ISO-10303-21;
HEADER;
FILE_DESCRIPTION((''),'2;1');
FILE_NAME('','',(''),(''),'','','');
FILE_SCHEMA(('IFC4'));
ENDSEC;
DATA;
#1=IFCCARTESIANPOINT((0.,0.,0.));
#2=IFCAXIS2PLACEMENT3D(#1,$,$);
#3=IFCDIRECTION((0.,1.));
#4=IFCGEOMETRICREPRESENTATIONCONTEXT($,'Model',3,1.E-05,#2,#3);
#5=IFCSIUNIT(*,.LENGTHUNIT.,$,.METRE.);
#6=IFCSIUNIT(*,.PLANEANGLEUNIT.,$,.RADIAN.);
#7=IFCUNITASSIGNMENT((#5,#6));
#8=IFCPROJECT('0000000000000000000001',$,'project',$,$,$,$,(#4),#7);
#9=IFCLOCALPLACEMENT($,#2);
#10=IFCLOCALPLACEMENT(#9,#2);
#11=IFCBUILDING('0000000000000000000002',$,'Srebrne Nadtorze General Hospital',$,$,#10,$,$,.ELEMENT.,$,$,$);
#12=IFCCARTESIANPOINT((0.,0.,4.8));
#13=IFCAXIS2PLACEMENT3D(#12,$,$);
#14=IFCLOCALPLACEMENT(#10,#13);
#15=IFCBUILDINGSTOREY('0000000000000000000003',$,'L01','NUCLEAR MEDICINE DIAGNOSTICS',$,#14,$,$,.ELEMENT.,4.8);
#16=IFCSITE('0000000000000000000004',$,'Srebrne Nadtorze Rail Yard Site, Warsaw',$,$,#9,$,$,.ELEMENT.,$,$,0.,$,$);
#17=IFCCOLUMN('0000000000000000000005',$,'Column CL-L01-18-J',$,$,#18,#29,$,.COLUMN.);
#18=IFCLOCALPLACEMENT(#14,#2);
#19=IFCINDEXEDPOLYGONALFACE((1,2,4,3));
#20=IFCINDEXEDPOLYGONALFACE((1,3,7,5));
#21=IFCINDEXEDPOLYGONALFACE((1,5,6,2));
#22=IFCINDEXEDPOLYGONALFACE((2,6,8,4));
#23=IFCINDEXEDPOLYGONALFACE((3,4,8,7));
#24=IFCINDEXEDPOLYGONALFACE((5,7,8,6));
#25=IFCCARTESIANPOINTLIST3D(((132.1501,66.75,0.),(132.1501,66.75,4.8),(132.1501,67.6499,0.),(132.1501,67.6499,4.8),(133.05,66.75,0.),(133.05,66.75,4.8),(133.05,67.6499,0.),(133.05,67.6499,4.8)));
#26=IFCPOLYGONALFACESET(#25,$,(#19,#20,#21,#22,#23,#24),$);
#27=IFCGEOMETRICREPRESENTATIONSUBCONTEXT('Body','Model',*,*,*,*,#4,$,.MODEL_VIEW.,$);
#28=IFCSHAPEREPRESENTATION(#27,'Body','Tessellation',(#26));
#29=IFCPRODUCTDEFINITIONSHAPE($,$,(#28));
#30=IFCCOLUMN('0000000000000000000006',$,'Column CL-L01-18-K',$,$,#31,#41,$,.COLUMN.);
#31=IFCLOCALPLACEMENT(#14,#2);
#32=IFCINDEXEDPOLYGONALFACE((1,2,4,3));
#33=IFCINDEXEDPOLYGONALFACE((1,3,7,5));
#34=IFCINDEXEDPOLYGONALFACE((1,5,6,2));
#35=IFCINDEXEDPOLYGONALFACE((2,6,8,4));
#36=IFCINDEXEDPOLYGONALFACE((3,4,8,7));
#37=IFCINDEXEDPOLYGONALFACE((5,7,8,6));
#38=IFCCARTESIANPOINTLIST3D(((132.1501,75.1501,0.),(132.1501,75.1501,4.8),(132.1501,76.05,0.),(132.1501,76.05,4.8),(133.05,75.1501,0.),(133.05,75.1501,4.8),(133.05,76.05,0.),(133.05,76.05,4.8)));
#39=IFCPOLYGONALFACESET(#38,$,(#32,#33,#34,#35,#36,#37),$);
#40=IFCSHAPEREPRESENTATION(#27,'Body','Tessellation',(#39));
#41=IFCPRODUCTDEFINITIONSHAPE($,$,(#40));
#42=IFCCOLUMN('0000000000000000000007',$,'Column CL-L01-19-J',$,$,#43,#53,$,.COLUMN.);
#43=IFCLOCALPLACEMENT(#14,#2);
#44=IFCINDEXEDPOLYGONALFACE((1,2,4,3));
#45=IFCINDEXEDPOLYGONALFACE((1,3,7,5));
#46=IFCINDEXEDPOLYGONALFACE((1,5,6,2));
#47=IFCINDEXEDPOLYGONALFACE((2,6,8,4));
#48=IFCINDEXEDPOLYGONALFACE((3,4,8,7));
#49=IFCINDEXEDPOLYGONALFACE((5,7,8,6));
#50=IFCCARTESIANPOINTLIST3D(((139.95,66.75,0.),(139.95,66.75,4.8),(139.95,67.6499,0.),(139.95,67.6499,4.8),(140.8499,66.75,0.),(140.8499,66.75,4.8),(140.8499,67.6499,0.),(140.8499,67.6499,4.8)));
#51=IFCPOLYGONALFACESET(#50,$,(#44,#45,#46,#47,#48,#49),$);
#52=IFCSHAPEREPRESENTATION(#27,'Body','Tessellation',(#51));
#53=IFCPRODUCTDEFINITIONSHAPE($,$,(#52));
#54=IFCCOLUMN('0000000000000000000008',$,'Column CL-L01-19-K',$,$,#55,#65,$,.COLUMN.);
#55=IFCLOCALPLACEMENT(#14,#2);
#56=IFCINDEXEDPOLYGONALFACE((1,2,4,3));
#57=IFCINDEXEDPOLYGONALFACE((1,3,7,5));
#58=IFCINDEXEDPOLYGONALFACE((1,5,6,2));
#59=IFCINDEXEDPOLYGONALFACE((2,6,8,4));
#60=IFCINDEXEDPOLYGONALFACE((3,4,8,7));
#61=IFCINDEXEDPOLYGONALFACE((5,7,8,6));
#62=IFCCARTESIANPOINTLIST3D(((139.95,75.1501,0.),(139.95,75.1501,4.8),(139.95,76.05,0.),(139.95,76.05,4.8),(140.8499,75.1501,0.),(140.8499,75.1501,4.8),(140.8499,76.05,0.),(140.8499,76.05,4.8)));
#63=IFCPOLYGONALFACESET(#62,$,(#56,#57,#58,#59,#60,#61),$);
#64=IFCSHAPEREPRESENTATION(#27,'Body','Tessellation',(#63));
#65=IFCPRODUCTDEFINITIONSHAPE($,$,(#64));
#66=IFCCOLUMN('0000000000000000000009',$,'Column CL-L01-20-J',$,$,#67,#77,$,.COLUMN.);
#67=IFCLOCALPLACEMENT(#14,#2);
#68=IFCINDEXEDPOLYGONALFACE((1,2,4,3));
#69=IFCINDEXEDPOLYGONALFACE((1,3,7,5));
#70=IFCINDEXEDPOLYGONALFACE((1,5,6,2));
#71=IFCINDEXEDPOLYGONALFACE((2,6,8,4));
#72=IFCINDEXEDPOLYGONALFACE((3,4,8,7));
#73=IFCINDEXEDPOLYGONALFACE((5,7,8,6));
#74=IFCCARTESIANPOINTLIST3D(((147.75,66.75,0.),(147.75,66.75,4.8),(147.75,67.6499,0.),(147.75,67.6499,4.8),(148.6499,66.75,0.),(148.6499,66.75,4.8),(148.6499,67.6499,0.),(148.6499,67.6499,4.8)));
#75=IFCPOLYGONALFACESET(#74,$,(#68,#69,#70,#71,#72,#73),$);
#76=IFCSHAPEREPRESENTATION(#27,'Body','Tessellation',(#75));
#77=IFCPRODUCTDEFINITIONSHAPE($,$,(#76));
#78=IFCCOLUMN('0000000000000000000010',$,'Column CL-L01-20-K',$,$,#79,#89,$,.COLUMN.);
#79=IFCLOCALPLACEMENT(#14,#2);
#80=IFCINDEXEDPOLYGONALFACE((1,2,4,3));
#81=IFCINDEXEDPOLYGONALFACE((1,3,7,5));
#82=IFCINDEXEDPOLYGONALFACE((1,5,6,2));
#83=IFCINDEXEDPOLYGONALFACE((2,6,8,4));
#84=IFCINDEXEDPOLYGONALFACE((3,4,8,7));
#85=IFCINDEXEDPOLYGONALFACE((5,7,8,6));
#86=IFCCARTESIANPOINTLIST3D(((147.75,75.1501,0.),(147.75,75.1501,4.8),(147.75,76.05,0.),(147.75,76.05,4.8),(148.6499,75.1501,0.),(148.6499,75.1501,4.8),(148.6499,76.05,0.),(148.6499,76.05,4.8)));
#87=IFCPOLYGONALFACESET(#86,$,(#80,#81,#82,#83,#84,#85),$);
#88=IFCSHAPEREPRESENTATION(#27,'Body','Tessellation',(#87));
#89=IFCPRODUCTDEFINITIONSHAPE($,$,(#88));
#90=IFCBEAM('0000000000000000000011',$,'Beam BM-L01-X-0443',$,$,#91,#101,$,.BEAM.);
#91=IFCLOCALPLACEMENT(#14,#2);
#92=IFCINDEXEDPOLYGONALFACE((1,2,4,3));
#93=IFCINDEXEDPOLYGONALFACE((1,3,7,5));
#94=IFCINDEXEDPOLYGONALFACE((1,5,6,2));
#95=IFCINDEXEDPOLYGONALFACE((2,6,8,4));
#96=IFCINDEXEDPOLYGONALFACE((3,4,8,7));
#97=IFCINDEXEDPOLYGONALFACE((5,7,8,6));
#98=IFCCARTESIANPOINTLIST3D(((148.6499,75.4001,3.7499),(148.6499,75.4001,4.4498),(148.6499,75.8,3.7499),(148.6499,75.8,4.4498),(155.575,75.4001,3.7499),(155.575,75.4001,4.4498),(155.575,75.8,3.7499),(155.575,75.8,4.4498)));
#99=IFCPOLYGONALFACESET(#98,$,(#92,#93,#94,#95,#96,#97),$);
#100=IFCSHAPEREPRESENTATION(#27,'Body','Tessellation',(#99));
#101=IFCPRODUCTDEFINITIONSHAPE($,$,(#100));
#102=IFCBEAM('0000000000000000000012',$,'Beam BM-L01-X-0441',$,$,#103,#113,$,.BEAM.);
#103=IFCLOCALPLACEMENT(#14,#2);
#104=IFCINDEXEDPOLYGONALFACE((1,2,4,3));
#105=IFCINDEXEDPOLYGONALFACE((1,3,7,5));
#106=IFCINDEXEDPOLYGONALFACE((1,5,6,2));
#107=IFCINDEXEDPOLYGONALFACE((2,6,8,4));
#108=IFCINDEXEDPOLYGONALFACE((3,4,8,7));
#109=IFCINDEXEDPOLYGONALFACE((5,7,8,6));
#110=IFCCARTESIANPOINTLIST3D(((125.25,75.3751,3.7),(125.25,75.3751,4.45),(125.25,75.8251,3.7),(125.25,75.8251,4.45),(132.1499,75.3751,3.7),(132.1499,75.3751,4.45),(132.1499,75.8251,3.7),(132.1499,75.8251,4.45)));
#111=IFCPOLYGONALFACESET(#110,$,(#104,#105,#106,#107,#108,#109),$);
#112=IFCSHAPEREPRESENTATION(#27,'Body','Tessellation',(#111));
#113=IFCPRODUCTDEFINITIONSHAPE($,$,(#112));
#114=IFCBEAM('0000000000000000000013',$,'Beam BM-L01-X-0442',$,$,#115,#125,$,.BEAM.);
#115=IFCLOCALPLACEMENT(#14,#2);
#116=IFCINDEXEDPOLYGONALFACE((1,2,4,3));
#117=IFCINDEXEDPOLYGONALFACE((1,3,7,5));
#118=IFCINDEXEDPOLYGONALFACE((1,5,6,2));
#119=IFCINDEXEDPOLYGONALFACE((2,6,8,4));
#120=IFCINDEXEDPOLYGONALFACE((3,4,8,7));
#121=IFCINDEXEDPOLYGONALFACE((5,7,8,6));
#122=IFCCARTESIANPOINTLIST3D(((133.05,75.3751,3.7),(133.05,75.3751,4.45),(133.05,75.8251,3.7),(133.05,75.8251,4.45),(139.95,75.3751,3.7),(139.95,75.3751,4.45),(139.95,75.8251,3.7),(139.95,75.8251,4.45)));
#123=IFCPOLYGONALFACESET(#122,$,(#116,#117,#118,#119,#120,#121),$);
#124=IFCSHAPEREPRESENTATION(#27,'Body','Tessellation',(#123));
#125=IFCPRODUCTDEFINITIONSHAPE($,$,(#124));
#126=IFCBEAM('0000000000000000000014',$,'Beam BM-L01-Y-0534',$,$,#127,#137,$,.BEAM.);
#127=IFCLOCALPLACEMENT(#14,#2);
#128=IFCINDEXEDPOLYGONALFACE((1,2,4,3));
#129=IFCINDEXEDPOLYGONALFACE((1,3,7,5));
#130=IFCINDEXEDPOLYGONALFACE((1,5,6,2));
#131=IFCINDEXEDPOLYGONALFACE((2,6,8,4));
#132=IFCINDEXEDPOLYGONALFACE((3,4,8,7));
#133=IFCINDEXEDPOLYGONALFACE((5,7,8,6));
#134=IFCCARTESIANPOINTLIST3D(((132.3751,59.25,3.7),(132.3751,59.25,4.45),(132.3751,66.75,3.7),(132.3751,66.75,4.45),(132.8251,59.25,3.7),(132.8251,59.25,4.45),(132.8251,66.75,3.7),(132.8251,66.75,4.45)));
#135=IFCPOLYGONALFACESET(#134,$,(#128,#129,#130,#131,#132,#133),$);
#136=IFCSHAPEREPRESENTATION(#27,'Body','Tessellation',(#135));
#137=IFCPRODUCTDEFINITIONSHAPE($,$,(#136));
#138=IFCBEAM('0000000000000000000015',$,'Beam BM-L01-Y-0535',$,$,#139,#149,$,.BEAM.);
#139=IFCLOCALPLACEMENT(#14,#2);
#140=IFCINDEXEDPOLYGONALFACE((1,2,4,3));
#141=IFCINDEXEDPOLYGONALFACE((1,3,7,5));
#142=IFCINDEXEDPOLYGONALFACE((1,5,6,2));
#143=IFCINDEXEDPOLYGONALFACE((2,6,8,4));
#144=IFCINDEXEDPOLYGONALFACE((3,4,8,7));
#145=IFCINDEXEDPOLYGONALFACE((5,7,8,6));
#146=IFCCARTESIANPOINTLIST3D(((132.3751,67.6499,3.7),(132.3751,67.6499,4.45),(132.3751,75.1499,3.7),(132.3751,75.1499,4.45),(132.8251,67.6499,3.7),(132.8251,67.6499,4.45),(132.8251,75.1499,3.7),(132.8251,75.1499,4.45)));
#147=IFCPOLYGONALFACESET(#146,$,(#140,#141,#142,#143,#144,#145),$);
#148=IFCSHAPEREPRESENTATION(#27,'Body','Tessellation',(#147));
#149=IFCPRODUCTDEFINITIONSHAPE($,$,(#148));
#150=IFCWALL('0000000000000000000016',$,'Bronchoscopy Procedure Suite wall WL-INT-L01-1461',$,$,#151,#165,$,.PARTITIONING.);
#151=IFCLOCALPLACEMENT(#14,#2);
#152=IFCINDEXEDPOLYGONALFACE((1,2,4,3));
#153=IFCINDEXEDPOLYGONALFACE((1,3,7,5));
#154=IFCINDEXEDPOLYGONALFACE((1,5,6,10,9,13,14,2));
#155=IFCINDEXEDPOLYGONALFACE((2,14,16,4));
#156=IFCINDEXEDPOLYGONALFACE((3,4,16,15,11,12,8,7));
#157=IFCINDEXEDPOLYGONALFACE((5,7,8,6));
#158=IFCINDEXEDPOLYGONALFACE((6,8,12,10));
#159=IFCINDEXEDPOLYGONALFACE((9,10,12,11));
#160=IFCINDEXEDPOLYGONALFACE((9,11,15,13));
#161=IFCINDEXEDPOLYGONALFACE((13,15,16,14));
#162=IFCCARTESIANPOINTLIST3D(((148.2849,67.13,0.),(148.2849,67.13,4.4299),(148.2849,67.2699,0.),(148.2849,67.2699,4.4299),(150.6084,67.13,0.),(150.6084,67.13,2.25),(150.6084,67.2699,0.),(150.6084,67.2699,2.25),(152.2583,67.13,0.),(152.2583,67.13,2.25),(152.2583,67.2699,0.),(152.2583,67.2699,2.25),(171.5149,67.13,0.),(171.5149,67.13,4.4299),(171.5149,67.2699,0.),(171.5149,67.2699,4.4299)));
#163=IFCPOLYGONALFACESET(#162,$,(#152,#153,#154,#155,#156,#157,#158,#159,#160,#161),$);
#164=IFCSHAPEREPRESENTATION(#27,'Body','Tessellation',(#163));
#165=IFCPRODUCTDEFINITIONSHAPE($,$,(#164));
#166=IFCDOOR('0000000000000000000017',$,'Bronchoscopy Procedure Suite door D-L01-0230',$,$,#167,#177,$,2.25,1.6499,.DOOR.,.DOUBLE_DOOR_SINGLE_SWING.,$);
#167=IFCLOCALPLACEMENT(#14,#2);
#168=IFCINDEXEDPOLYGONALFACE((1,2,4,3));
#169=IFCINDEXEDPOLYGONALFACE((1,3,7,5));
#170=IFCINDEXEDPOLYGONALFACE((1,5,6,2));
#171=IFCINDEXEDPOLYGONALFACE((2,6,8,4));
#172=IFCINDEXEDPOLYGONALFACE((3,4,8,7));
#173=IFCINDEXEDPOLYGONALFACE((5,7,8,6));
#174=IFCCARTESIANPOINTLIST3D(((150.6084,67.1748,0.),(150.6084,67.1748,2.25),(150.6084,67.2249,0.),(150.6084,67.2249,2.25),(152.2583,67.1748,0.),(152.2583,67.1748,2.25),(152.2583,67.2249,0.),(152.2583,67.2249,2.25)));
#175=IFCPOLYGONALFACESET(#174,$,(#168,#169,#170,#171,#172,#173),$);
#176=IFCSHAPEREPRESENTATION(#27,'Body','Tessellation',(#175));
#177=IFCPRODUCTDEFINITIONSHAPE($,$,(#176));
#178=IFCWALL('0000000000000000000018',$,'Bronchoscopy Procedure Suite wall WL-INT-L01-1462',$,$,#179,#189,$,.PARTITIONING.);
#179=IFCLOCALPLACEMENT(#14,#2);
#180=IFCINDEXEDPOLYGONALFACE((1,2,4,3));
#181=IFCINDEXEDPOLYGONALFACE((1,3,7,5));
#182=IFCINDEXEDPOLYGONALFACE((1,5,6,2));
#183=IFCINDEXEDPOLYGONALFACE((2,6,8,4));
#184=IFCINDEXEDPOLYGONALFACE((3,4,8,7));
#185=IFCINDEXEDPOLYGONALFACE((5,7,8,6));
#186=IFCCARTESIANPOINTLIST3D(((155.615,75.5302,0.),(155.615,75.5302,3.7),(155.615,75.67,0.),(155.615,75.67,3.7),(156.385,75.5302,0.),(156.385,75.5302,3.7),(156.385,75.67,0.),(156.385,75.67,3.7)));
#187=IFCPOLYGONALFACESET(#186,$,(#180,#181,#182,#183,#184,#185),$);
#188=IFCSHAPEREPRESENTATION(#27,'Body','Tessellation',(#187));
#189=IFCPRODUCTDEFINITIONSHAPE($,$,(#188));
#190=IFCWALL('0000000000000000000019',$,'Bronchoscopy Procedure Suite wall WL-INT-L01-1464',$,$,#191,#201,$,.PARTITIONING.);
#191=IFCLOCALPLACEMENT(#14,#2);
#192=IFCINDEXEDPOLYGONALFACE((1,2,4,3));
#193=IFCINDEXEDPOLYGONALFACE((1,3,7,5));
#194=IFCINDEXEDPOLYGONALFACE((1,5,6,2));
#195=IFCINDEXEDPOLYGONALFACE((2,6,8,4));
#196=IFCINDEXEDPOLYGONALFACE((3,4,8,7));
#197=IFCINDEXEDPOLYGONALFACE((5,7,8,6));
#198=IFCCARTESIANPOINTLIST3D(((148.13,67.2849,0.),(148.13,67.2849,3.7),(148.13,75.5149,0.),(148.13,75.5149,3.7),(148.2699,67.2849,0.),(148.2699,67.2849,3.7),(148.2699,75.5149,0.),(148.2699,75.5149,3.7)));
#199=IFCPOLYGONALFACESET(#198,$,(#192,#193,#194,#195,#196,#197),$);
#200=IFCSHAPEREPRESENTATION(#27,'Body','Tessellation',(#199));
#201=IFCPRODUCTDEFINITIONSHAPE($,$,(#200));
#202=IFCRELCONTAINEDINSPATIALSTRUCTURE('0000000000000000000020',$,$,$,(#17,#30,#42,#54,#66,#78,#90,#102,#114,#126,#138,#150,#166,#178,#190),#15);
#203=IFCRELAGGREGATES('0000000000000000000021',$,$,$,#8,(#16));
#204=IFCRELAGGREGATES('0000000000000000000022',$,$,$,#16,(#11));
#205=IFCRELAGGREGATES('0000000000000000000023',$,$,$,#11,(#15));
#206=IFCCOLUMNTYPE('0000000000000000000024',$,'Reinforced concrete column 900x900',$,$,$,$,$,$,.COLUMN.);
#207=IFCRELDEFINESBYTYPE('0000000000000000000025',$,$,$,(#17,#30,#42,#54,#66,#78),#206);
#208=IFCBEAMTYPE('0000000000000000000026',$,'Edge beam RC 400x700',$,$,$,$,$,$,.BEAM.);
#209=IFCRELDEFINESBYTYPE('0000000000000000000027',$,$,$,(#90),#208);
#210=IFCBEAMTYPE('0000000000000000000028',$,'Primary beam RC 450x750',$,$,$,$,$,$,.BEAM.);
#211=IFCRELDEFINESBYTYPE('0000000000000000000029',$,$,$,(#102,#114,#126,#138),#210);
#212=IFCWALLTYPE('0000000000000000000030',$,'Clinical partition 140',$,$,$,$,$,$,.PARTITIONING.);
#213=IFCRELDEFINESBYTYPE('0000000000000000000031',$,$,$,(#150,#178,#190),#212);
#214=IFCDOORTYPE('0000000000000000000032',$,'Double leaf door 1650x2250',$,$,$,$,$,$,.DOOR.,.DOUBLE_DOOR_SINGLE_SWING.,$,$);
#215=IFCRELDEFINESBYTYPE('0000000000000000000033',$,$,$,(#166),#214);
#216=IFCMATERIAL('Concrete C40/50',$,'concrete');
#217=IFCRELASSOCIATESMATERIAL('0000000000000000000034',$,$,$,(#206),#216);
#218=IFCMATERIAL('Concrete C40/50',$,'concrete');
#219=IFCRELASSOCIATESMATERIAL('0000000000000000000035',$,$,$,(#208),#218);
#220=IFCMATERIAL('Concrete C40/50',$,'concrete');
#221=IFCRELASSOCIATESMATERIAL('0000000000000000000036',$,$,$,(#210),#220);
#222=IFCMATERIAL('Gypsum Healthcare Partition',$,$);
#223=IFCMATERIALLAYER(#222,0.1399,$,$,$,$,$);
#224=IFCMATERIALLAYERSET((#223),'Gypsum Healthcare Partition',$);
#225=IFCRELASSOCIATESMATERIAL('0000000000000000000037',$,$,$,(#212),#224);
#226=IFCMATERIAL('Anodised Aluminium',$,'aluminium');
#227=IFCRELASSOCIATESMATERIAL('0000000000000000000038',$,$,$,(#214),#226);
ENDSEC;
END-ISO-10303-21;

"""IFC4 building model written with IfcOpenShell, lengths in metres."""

from ifc_helpers import new_model, si_unit, direction, frame, frame_2d, origin, origin_2d, place, context, subcontext, project, spatial, rectangle, extrude, material, layer, layer_set, material_profile, profile_set, type_object, element, fill, save


model = new_model("IFC4")

# Units and contexts
model_context = context("Model", 3, precision=1e-05, world=origin(), true_north=direction((0.0, 1.0)))
body_context = subcontext(model_context, "Body", "Model", "MODEL_VIEW")
ifc_project = project(units=[si_unit("LENGTHUNIT", "METRE"), si_unit("PLANEANGLEUNIT", "RADIAN")], contexts=[model_context])

# Site, building, storey
site_placement = place(None, origin())
site = spatial("IfcSite", under=ifc_project, at=site_placement, Name="Srebrne Nadtorze Rail Yard Site, Warsaw", CompositionType="ELEMENT", RefElevation=0.0)
building_placement = place(site_placement, origin())
building = spatial("IfcBuilding", under=site, at=building_placement, Name="Srebrne Nadtorze General Hospital", CompositionType="ELEMENT")
storey_placement = place(building_placement, frame((0.0, 0.0, 4.8)))
storey = spatial("IfcBuildingStorey", under=building, at=storey_placement, Name="L01", Description="NUCLEAR MEDICINE DIAGNOSTICS", CompositionType="ELEMENT", Elevation=4.8)

# Columns
ifc_material_1 = material(Name="Concrete C40/50", Category="concrete")
ifc_material_profile_1 = material_profile(ifc_material_1, rectangle(XDim=0.8999, YDim=0.8999, at=origin_2d()), Name="RC-COL-900x900")
ifc_profile_set_1 = profile_set([ifc_material_profile_1], Name="Concrete C40/50")
column_type = type_object("IfcColumnType", Name="Reinforced concrete column 900x900", PredefinedType="COLUMN", material=ifc_profile_set_1)
for number, where, z_axis, x_axis, name in (
    (1, (132.6001, 67.2, 0.0), (0.0, 0.0, 1.0), (1.0, 0.0, 0.0), "Column CL-L01-18-J"),
    (2, (132.6001, 75.6001, 0.0), (0.0, 0.0, 1.0), (1.0, 0.0, 0.0), "Column CL-L01-18-K"),
    (3, (140.3999, 67.2, 0.0), (0.0, 0.0, 1.0), (1.0, 0.0, 0.0), "Column CL-L01-19-J"),
    (4, (140.3999, 75.6001, 0.0), (0.0, 0.0, 1.0), (1.0, 0.0, 0.0), "Column CL-L01-19-K"),
    (5, (148.2, 67.2, 0.0), (0.0, 0.0, 1.0), (1.0, 0.0, 0.0), "Column CL-L01-20-J"),
    (6, (148.2, 75.6001, 0.0), (0.0, 0.0, 1.0), (1.0, 0.0, 0.0), "Column CL-L01-20-K"),
):
    element("IfcColumn", number, at=place(storey_placement, frame(where, z_axis=z_axis, x_axis=x_axis)), inside=storey, type_object=column_type, Name=name, PredefinedType="COLUMN", context=body_context, shape_type="SweptSolid", body=[
        extrude(rectangle(XDim=0.8999, YDim=0.8999, at=origin_2d()), origin(), (0.0, 0.0, 1.0), 4.8),
    ])

# Beams
ifc_material_2 = material(Name="Concrete C40/50", Category="concrete")
ifc_material_profile_2 = material_profile(ifc_material_2, rectangle(XDim=0.3999, YDim=0.7, at=origin_2d()), Name="RC-BM-400x700")
ifc_profile_set_2 = profile_set([ifc_material_profile_2], Name="Concrete C40/50")
beam_type_1 = type_object("IfcBeamType", Name="Edge beam RC 400x700", PredefinedType="BEAM", material=ifc_profile_set_2)
beam_placement = place(storey_placement, frame((148.6499, 75.6001, 4.0999), z_axis=(1.0, 0.0, 0.0), x_axis=(0.0, 1.0, 0.0)))
element("IfcBeam", 7, at=beam_placement, inside=storey, type_object=beam_type_1, Name="Beam BM-L01-X-0443", PredefinedType="BEAM", context=body_context, shape_type="SweptSolid", body=[
    extrude(rectangle(XDim=0.3999, YDim=0.7, at=origin_2d()), origin(), (0.0, 0.0, 1.0), 6.925),
])
ifc_material_3 = material(Name="Concrete C40/50", Category="concrete")
ifc_material_profile_3 = material_profile(ifc_material_3, rectangle(XDim=0.45, YDim=0.75, at=origin_2d()), Name="RC-BM-450x750")
ifc_profile_set_3 = profile_set([ifc_material_profile_3], Name="Concrete C40/50")
beam_type_2 = type_object("IfcBeamType", Name="Primary beam RC 450x750", PredefinedType="BEAM", material=ifc_profile_set_3)
for number, where, z_axis, x_axis, name in (
    (8, (125.25, 75.6001, 4.075), (1.0, 0.0, 0.0), (0.0, 1.0, 0.0), "Beam BM-L01-X-0441"),
    (9, (133.05, 75.6001, 4.075), (1.0, 0.0, 0.0), (0.0, 1.0, 0.0), "Beam BM-L01-X-0442"),
):
    element("IfcBeam", number, at=place(storey_placement, frame(where, z_axis=z_axis, x_axis=x_axis)), inside=storey, type_object=beam_type_2, Name=name, PredefinedType="BEAM", context=body_context, shape_type="SweptSolid", body=[
        extrude(rectangle(XDim=0.45, YDim=0.75, at=origin_2d()), origin(), (0.0, 0.0, 1.0), 6.8999),
    ])
for number, where, z_axis, x_axis, name in (
    (10, (132.6001, 59.25, 4.075), (0.0, 1.0, 0.0), (-1.0, 0.0, 0.0), "Beam BM-L01-Y-0534"),
    (11, (132.6001, 67.6499, 4.075), (0.0, 1.0, 0.0), (-1.0, 0.0, 0.0), "Beam BM-L01-Y-0535"),
):
    element("IfcBeam", number, at=place(storey_placement, frame(where, z_axis=z_axis, x_axis=x_axis)), inside=storey, type_object=beam_type_2, Name=name, PredefinedType="BEAM", context=body_context, shape_type="SweptSolid", body=[
        extrude(rectangle(XDim=0.45, YDim=0.75, at=origin_2d()), origin(), (0.0, 0.0, 1.0), 7.5),
    ])

# Wall, opening, door
ifc_material_4 = material(Name="Gypsum Healthcare Partition")
ifc_layer_1 = layer(ifc_material_4, 0.1399)
ifc_layer_set_1 = layer_set([ifc_layer_1], Name="Gypsum Healthcare Partition")
wall_type_1 = type_object("IfcWallType", Name="Clinical partition 140", PredefinedType="PARTITIONING", material=ifc_layer_set_1)
wall_1_placement = place(storey_placement, frame((148.2849, 67.2, 0.0), z_axis=(0.0, 0.0, 1.0), x_axis=(1.0, 0.0, 0.0)))
wall_1 = element("IfcWall", 12, at=wall_1_placement, inside=storey, type_object=wall_type_1, Name="Bronchoscopy Procedure Suite wall WL-INT-L01-1461", PredefinedType="PARTITIONING", context=body_context, shape_type="SweptSolid", body=[
    extrude(rectangle(XDim=23.23, YDim=0.1399, at=frame_2d((11.615, 0.0))), origin(), (0.0, 0.0, 1.0), 4.4299),
])
opening_1_placement = place(wall_1_placement, frame((2.3235, 0.0, 0.0)))
opening_1 = element("IfcOpeningElement", 13, at=opening_1_placement, cuts=wall_1, PredefinedType="OPENING", context=body_context, shape_type="SweptSolid", body=[
    extrude(rectangle(XDim=1.6499, YDim=2.25, at=frame_2d((0.825, 1.125))), frame((0.0, 0.082, 0.0), z_axis=(0.0, -1.0, 0.0), x_axis=(1.0, 0.0, 0.0)), (0.0, 0.0, 1.0), 0.1638),
])
ifc_material_5 = material(Name="Anodised Aluminium", Category="aluminium")
door_type_1 = type_object("IfcDoorType", Name="Double leaf door 1650x2250", OperationType="DOUBLE_DOOR_SINGLE_SWING", PredefinedType="DOOR", material=ifc_material_5)
door_1_placement = place(opening_1_placement, origin())
door_1 = element("IfcDoor", 14, at=door_1_placement, inside=storey, type_object=door_type_1, Name="Bronchoscopy Procedure Suite door D-L01-0230", OperationType="DOUBLE_DOOR_SINGLE_SWING", OverallHeight=2.25, OverallWidth=1.6499, PredefinedType="DOOR", context=body_context, shape_type="SweptSolid", body=[
    extrude(rectangle(XDim=1.6499, YDim=2.25, at=frame_2d((0.825, 1.125))), frame((0.0, 0.0249, 0.0), z_axis=(0.0, -1.0, 0.0), x_axis=(1.0, 0.0, 0.0)), (0.0, 0.0, 1.0), 0.05),
])
fill(opening_1, door_1)

# Walls
wall_2_placement = place(storey_placement, frame((155.615, 75.6001, 0.0), z_axis=(0.0, 0.0, 1.0), x_axis=(1.0, 0.0, 0.0)))
element("IfcWall", 15, at=wall_2_placement, inside=storey, type_object=wall_type_1, Name="Bronchoscopy Procedure Suite wall WL-INT-L01-1462", PredefinedType="PARTITIONING", context=body_context, shape_type="SweptSolid", body=[
    extrude(rectangle(XDim=0.77, YDim=0.1399, at=frame_2d((0.385, 0.0))), origin(), (0.0, 0.0, 1.0), 3.7),
])
wall_3_placement = place(storey_placement, frame((148.2, 67.2849, 0.0), z_axis=(0.0, 0.0, 1.0), x_axis=(0.0, 1.0, 0.0)))
element("IfcWall", 16, at=wall_3_placement, inside=storey, type_object=wall_type_1, Name="Bronchoscopy Procedure Suite wall WL-INT-L01-1464", PredefinedType="PARTITIONING", context=body_context, shape_type="SweptSolid", body=[
    extrude(rectangle(XDim=8.23, YDim=0.1399, at=frame_2d((4.115, 0.0))), origin(), (0.0, 0.0, 1.0), 3.7),
])

save(model, "model.ifc")
